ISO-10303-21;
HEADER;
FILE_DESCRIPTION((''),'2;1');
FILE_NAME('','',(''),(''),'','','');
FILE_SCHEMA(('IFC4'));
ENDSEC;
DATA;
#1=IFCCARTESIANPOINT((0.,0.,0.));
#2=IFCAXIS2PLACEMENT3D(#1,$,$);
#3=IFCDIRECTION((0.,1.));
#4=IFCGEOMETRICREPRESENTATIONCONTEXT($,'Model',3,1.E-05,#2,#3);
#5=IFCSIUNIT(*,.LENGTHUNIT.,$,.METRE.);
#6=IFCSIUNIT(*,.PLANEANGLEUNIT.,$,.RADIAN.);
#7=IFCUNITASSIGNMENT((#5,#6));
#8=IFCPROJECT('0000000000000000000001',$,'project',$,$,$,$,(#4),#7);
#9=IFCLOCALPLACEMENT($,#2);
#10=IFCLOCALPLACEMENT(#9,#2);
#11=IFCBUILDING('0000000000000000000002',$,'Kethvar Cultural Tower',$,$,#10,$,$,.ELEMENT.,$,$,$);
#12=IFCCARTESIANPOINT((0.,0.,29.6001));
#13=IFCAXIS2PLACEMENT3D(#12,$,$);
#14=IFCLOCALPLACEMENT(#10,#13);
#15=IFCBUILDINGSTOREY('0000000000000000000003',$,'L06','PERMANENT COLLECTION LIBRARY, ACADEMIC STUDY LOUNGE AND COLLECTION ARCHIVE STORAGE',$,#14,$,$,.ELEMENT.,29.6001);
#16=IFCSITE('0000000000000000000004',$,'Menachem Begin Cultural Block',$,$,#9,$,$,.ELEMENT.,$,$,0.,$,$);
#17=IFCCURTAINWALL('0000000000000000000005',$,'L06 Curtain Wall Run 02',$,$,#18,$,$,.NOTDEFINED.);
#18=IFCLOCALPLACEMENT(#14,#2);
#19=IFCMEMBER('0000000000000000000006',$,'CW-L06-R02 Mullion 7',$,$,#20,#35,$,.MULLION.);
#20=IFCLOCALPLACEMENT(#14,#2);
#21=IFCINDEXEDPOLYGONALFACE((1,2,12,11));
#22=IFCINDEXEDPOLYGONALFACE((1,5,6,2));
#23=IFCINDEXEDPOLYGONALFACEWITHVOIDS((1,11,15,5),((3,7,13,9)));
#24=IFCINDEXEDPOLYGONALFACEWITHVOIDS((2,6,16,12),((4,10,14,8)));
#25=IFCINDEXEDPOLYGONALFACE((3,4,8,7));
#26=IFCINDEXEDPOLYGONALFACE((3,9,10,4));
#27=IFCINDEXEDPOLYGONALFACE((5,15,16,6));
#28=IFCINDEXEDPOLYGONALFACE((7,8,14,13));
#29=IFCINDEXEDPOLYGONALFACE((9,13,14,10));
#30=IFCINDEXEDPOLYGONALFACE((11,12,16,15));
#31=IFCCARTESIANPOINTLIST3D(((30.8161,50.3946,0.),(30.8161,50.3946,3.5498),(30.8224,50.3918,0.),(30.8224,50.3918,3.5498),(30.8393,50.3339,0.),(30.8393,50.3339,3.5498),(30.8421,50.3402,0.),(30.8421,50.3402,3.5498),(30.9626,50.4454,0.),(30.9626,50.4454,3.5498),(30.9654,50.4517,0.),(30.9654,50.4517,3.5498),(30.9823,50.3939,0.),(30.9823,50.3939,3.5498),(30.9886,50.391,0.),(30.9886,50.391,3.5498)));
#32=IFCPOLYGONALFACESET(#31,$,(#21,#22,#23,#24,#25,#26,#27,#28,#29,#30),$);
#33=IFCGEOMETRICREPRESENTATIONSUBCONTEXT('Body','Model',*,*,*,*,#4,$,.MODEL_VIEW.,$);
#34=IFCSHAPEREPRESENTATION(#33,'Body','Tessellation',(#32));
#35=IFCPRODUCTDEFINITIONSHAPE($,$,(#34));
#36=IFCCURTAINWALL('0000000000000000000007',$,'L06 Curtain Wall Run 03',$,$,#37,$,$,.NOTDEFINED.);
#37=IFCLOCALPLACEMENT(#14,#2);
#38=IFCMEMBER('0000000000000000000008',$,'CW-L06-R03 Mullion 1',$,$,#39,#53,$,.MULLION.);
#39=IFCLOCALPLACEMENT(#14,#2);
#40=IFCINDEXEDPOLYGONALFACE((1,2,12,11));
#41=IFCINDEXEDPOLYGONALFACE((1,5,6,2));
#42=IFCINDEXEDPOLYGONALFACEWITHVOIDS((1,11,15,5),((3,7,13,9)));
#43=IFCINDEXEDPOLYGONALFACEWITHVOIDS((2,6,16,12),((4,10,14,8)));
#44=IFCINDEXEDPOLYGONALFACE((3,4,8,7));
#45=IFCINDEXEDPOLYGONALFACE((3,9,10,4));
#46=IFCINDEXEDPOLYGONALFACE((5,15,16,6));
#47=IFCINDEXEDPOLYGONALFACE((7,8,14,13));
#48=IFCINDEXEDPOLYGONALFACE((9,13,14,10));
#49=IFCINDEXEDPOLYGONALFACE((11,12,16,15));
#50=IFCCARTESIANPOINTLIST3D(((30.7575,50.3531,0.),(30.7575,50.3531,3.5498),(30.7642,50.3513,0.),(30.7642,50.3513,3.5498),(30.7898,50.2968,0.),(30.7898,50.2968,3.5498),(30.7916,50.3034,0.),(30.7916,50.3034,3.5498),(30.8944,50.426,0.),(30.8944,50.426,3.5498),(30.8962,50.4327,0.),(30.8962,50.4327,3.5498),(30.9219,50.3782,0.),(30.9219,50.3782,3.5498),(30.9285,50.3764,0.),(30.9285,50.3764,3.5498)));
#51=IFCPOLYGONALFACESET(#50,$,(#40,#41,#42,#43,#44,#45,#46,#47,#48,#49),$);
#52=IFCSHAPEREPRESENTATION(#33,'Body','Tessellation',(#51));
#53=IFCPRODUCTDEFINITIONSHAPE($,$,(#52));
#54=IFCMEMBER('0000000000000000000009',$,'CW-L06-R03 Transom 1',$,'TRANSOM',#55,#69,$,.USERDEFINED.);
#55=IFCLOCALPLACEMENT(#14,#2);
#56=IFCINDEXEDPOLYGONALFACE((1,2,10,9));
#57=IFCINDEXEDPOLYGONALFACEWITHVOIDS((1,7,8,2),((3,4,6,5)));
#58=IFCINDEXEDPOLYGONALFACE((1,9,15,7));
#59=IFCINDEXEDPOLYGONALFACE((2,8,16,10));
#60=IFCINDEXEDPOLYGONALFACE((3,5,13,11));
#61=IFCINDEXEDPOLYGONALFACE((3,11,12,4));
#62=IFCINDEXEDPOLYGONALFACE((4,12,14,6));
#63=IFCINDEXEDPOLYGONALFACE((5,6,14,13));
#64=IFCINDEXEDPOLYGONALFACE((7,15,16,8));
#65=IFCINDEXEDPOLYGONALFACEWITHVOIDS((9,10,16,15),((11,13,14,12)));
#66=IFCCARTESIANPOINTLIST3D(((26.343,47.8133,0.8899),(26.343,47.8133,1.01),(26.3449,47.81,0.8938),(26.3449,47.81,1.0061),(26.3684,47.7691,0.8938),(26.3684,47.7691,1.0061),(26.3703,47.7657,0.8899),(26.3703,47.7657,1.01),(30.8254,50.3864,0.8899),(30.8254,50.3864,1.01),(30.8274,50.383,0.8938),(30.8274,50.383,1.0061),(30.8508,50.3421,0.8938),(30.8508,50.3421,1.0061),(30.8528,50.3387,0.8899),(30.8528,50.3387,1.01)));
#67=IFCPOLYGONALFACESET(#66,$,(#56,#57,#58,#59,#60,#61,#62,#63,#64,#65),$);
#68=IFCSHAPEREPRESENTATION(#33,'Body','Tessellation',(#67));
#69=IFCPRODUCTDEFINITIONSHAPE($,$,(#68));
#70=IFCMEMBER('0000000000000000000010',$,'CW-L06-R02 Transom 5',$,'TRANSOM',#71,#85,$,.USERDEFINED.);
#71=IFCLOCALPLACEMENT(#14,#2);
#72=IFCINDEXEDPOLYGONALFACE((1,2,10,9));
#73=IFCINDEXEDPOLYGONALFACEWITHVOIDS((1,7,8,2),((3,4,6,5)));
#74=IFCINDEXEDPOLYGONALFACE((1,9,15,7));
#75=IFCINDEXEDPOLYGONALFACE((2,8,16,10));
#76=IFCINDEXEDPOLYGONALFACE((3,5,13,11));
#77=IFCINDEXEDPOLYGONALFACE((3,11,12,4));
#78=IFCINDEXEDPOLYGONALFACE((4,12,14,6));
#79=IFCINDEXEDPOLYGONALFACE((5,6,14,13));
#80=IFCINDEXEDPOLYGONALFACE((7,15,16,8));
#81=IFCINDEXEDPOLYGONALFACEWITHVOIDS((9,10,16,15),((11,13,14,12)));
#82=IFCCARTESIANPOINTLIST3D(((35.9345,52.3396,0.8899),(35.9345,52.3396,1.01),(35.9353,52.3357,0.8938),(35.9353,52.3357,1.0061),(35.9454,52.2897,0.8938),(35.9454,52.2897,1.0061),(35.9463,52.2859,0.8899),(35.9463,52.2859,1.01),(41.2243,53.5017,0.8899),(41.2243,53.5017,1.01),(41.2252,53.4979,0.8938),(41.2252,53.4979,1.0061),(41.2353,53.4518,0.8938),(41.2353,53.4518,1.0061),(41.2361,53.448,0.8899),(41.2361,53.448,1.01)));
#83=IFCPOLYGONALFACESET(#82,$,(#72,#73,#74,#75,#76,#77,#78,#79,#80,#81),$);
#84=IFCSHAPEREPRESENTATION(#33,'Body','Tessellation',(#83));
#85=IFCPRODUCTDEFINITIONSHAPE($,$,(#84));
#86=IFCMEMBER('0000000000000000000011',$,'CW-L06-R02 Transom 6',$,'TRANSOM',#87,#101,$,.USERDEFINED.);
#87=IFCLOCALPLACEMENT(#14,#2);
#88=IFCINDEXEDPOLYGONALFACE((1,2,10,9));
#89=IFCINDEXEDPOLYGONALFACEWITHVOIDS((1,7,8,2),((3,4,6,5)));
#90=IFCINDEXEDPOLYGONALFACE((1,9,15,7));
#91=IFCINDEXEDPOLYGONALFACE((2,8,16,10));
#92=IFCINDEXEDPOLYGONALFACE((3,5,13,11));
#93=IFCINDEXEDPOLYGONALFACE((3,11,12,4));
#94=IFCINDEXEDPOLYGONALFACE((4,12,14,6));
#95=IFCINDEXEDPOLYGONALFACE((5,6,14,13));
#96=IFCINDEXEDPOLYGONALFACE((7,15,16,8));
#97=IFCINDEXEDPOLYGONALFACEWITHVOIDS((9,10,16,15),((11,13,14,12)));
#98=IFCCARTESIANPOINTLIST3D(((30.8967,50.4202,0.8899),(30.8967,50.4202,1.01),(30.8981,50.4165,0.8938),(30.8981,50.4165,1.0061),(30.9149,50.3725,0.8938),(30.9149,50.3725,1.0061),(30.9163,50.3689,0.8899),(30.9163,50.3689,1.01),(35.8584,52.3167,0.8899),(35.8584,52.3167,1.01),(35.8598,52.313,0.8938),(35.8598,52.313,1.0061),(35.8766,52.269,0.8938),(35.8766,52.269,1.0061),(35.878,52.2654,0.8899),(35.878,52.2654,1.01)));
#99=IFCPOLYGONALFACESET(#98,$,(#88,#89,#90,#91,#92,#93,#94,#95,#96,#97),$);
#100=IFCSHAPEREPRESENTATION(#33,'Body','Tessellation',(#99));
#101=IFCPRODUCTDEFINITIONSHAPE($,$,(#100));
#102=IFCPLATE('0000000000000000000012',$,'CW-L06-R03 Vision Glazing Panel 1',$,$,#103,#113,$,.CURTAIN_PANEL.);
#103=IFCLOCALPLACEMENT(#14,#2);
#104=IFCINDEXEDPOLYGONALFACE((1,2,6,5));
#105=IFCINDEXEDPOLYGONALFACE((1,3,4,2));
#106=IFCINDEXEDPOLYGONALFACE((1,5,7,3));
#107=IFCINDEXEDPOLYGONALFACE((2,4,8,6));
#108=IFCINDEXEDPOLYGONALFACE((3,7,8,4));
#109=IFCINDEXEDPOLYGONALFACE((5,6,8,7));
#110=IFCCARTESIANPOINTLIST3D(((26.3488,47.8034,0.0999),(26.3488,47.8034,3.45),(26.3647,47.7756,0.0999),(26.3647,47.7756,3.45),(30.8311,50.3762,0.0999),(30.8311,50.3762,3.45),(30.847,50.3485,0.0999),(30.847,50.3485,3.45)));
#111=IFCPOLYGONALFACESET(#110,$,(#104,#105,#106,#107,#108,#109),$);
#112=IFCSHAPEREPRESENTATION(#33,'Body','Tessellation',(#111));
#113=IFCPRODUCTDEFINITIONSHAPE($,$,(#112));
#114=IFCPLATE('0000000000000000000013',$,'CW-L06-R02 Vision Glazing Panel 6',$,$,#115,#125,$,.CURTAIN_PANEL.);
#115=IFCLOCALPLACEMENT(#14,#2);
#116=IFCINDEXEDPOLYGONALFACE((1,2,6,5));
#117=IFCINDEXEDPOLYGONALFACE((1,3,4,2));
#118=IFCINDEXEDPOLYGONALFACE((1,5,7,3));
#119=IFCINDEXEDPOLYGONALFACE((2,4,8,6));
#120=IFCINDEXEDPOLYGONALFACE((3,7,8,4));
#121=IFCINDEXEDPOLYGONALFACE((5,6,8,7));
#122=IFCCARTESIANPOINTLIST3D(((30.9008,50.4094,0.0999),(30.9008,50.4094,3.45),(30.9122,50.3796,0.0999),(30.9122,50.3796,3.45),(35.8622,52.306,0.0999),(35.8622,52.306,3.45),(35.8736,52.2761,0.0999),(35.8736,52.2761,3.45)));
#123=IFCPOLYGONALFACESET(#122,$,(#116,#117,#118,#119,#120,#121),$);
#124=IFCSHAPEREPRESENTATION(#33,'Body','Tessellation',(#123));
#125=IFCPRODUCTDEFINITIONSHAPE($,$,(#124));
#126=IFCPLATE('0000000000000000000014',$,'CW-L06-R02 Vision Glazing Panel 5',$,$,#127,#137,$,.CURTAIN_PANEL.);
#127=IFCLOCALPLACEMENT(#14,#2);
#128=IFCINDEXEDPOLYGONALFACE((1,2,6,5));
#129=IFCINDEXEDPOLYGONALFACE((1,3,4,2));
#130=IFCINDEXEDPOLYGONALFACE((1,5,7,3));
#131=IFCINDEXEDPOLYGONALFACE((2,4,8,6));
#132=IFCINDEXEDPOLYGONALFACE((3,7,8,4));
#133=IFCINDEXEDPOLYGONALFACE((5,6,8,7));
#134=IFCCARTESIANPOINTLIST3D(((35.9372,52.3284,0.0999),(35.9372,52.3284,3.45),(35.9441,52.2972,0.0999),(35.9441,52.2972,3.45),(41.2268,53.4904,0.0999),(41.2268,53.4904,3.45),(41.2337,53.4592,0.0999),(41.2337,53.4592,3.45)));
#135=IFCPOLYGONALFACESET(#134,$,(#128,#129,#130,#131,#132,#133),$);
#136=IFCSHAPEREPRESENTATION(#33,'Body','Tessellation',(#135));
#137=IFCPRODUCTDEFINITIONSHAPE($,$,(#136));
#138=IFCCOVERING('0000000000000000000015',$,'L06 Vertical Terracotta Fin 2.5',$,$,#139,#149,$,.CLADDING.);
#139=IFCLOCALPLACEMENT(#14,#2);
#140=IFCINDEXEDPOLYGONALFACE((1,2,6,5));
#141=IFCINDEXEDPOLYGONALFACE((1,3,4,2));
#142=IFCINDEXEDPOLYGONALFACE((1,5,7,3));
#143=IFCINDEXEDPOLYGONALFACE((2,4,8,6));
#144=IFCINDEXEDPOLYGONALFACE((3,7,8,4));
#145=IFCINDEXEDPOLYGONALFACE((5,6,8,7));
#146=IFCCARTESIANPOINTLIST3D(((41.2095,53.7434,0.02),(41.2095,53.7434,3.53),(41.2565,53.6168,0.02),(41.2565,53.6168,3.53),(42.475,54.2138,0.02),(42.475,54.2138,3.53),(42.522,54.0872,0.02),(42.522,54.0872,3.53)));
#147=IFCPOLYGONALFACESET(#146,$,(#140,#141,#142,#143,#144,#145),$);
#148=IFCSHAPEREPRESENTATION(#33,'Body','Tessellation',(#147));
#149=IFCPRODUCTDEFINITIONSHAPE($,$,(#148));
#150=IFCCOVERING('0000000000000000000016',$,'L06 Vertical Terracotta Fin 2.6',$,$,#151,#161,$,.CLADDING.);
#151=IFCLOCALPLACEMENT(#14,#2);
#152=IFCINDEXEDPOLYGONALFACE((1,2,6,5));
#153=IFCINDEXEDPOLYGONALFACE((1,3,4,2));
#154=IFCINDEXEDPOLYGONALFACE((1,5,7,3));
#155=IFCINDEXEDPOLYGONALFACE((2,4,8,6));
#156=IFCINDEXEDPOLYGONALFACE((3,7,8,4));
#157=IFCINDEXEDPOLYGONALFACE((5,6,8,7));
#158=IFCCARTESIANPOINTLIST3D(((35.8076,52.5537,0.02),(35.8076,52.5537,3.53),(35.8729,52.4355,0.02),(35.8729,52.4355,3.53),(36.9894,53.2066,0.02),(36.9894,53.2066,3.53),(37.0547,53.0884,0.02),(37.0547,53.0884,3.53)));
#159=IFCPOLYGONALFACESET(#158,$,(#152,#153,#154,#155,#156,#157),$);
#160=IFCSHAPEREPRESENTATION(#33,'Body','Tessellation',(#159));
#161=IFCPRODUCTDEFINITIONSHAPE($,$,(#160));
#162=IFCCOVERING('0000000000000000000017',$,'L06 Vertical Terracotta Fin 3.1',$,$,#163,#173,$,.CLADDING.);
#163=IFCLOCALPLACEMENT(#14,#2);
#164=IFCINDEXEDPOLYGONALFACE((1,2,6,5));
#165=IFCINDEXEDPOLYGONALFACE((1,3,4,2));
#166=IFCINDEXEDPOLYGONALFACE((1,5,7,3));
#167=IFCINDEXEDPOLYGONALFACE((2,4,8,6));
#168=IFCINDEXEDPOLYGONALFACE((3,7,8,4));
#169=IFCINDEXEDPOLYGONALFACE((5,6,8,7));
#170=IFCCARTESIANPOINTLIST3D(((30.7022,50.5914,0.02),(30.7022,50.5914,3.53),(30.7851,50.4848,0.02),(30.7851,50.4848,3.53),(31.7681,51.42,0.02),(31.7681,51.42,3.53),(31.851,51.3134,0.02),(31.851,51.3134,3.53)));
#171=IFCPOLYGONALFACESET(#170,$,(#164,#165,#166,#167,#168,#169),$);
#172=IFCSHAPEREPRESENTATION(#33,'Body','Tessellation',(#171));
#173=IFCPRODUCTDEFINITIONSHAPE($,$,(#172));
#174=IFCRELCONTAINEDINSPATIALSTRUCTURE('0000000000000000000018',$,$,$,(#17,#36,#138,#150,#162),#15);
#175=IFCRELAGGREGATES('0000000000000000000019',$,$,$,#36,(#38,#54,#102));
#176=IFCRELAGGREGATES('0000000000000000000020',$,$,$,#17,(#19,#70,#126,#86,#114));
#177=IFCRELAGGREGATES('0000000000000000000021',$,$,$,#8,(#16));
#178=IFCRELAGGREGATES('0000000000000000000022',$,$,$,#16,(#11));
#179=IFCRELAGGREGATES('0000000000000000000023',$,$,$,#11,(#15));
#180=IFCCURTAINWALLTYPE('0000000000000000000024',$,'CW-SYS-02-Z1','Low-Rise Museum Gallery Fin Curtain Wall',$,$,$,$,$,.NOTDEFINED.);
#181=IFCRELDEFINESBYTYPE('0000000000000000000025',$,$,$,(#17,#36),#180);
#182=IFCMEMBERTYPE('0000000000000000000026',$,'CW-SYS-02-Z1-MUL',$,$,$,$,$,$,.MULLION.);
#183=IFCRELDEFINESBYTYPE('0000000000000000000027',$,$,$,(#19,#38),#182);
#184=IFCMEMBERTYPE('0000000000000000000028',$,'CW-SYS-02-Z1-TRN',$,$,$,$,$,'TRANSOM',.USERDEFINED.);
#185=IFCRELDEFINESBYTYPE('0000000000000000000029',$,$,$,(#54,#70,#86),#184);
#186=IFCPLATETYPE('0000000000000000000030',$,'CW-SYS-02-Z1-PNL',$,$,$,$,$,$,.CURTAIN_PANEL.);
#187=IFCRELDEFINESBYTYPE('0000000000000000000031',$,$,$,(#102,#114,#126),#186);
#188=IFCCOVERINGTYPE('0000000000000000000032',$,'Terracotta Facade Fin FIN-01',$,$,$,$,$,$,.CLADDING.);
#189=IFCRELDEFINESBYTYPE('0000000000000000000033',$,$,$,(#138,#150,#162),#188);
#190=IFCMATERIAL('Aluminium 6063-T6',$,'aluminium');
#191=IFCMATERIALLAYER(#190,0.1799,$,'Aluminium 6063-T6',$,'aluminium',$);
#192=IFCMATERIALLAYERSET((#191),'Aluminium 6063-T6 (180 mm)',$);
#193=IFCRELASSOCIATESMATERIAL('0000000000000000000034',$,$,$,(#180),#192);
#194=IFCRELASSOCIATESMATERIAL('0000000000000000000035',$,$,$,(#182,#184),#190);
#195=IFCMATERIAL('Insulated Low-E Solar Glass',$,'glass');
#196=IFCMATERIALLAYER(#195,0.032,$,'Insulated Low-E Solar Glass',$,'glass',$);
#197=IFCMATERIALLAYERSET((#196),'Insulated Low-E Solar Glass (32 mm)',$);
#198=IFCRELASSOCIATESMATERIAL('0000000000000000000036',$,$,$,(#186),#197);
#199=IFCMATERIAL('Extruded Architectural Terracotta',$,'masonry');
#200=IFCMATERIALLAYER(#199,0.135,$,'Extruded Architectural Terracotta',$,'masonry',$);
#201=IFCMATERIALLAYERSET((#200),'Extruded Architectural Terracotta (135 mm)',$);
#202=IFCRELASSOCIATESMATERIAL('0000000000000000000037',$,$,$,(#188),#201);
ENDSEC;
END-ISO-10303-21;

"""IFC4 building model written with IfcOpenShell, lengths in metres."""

from ifc_helpers import new_model, si_unit, direction, frame, origin, origin_2d, place, context, subcontext, project, spatial, rectangle, hollow_rectangle, extrude, source, transform, mapped, material, layer, layer_set, material_profile, profile_set, type_object, element, aggregate, save


model = new_model("IFC4")

# Units and contexts
model_context = context("Model", 3, precision=1e-05, world=origin(), true_north=direction((0.0, 1.0)))
body_context = subcontext(model_context, "Body", "Model", "MODEL_VIEW")
ifc_project = project(units=[si_unit("LENGTHUNIT", "METRE"), si_unit("PLANEANGLEUNIT", "RADIAN")], contexts=[model_context])

# Site, building, storey
site_placement = place(None, origin())
site = spatial("IfcSite", under=ifc_project, at=site_placement, Name="Menachem Begin Cultural Block", CompositionType="ELEMENT", RefElevation=0.0)
building_placement = place(site_placement, origin())
building = spatial("IfcBuilding", under=site, at=building_placement, Name="Kethvar Cultural Tower", CompositionType="ELEMENT")
storey_placement = place(building_placement, frame((0.0, 0.0, 29.6001)))
storey = spatial("IfcBuildingStorey", under=building, at=storey_placement, Name="L06", Description="PERMANENT COLLECTION LIBRARY, ACADEMIC STUDY LOUNGE AND COLLECTION ARCHIVE STORAGE", CompositionType="ELEMENT", Elevation=29.6001)

# Curtain walls, members
ifc_material_1 = material(Name="Aluminium 6063-T6", Category="aluminium")
ifc_layer_1 = layer(ifc_material_1, 0.1799, Name="Aluminium 6063-T6", Category="aluminium")
ifc_layer_set_1 = layer_set([ifc_layer_1], Name="Aluminium 6063-T6 (180 mm)")
curtain_wall_type = type_object("IfcCurtainWallType", Name="CW-SYS-02-Z1", Description="Low-Rise Museum Gallery Fin Curtain Wall", PredefinedType="NOTDEFINED", material=ifc_layer_set_1)
curtain_wall_1_placement = place(storey_placement, origin())
curtain_wall_1 = element("IfcCurtainWall", 1, at=curtain_wall_1_placement, inside=storey, type_object=curtain_wall_type, Name="L06 Curtain Wall Run 02", PredefinedType="NOTDEFINED")
ifc_material_profile_1 = material_profile(ifc_material_1, hollow_rectangle(XDim=0.0649, YDim=0.1599, WallThickness=0.0049, at=origin_2d()), Name="Aluminium 6063-T6 — RHS160x65x5")
ifc_profile_set_1 = profile_set([ifc_material_profile_1], Name="Aluminium 6063-T6 — RHS160x65x5")
member_type_1 = type_object("IfcMemberType", Name="CW-SYS-02-Z1-MUL", PredefinedType="MULLION", material=ifc_profile_set_1)
shared_shape_1 = source(origin(), body_context, "Body", "SweptSolid", [
    extrude(hollow_rectangle(XDim=0.0649, YDim=0.1599, WallThickness=0.0049, at=origin_2d()), origin(), (0.0, 0.0, 1.0), 3.5498),
])
member_1_placement = place(storey_placement, frame((30.9023, 50.3928, 0.0), z_axis=(0.0, 0.0, 1.0), x_axis=(0.357064, -0.93408, 0.0)))
member_1 = element("IfcMember", 2, at=member_1_placement, type_object=member_type_1, Name="CW-L06-R02 Mullion 7", PredefinedType="MULLION", context=body_context, shape_type="MappedRepresentation", body=[
    mapped(shared_shape_1, transform((0.0, 0.0, 0.0), scale=1.0)),
])
curtain_wall_2_placement = place(storey_placement, origin())
curtain_wall_2 = element("IfcCurtainWall", 3, at=curtain_wall_2_placement, inside=storey, type_object=curtain_wall_type, Name="L06 Curtain Wall Run 03", PredefinedType="NOTDEFINED")
member_2_placement = place(storey_placement, frame((30.843, 50.3647, 0.0), z_axis=(0.0, 0.0, 1.0), x_axis=(0.497822, -0.867279, 0.0)))
member_2 = element("IfcMember", 4, at=member_2_placement, type_object=member_type_1, Name="CW-L06-R03 Mullion 1", PredefinedType="MULLION", context=body_context, shape_type="MappedRepresentation", body=[
    mapped(shared_shape_1, transform((0.0, 0.0, 0.0), scale=1.0)),
])
ifc_material_profile_2 = material_profile(ifc_material_1, hollow_rectangle(XDim=0.0549, YDim=0.1201, WallThickness=0.0039, at=origin_2d()), Name="Aluminium 6063-T6 — RHS120x55x4")
ifc_profile_set_2 = profile_set([ifc_material_profile_2], Name="Aluminium 6063-T6 — RHS120x55x4")
member_type_2 = type_object("IfcMemberType", Name="CW-SYS-02-Z1-TRN", ElementType="TRANSOM", PredefinedType="USERDEFINED", material=ifc_profile_set_2)
shared_shape_2 = source(origin(), body_context, "Body", "SweptSolid", [
    extrude(hollow_rectangle(XDim=0.0549, YDim=0.1201, WallThickness=0.0039, at=origin_2d()), origin(), (0.0, 0.0, 1.0), 5.1685),
])
member_3_placement = place(storey_placement, frame((30.8391, 50.3625, 0.95), z_axis=(-0.867273, -0.497832, 0.0), x_axis=(0.497832, -0.867273, 0.0)))
member_3 = element("IfcMember", 5, at=member_3_placement, type_object=member_type_2, Name="CW-L06-R03 Transom 1", ObjectType="TRANSOM", PredefinedType="USERDEFINED", context=body_context, shape_type="MappedRepresentation", body=[
    mapped(shared_shape_2, transform((0.0, 0.0, 0.0), scale=1.0)),
])

# Members
shared_shape_3 = source(origin(), body_context, "Body", "SweptSolid", [
    extrude(hollow_rectangle(XDim=0.0549, YDim=0.1201, WallThickness=0.0039, at=origin_2d()), origin(), (0.0, 0.0, 1.0), 5.416),
])
member_4_placement = place(storey_placement, frame((41.2302, 53.4749, 0.95), z_axis=(-0.976708, -0.214572, 0.0), x_axis=(0.214572, -0.976708, 0.0)))
member_4 = element("IfcMember", 6, at=member_4_placement, type_object=member_type_2, Name="CW-L06-R02 Transom 5", ObjectType="TRANSOM", PredefinedType="USERDEFINED", context=body_context, shape_type="MappedRepresentation", body=[
    mapped(shared_shape_3, transform((0.0, 0.0, 0.0), scale=1.0)),
])
shared_shape_4 = source(origin(), body_context, "Body", "SweptSolid", [
    extrude(hollow_rectangle(XDim=0.0549, YDim=0.1201, WallThickness=0.0039, at=origin_2d()), origin(), (0.0, 0.0, 1.0), 5.3118),
])
member_5_placement = place(storey_placement, frame((35.8682, 52.291, 0.95), z_axis=(-0.934091, -0.357035, 0.0), x_axis=(0.357035, -0.934091, 0.0)))
member_5 = element("IfcMember", 7, at=member_5_placement, type_object=member_type_2, Name="CW-L06-R02 Transom 6", ObjectType="TRANSOM", PredefinedType="USERDEFINED", context=body_context, shape_type="MappedRepresentation", body=[
    mapped(shared_shape_4, transform((0.0, 0.0, 0.0), scale=1.0)),
])

# Plates
ifc_material_2 = material(Name="Insulated Low-E Solar Glass", Category="glass")
ifc_layer_2 = layer(ifc_material_2, 0.032, Name="Insulated Low-E Solar Glass", Category="glass")
ifc_layer_set_2 = layer_set([ifc_layer_2], Name="Insulated Low-E Solar Glass (32 mm)")
plate_type = type_object("IfcPlateType", Name="CW-SYS-02-Z1-PNL", PredefinedType="CURTAIN_PANEL", material=ifc_layer_set_2)
shared_shape_5 = source(origin(), body_context, "Body", "SweptSolid", [
    extrude(rectangle(XDim=5.1682, YDim=0.032, at=origin_2d()), origin(), (0.0, 0.0, 1.0), 3.3501),
])
plate_1_placement = place(storey_placement, frame((28.5979, 49.0759, 0.0999), z_axis=(0.0, 0.0, 1.0), x_axis=(-0.867279, -0.497822, 0.0)))
plate_1 = element("IfcPlate", 8, at=plate_1_placement, type_object=plate_type, Name="CW-L06-R03 Vision Glazing Panel 1", PredefinedType="CURTAIN_PANEL", context=body_context, shape_type="MappedRepresentation", body=[
    mapped(shared_shape_5, transform((0.0, 0.0, 0.0), scale=1.0)),
])
aggregate(curtain_wall_2, [member_2, member_3, plate_1])
shared_shape_6 = source(origin(), body_context, "Body", "SweptSolid", [
    extrude(rectangle(XDim=5.3115, YDim=0.032, at=origin_2d()), origin(), (0.0, 0.0, 1.0), 3.3501),
])
plate_2_placement = place(storey_placement, frame((33.3872, 51.3428, 0.0999), z_axis=(0.0, 0.0, 1.0), x_axis=(-0.93408, -0.357064, 0.0)))
plate_2 = element("IfcPlate", 9, at=plate_2_placement, type_object=plate_type, Name="CW-L06-R02 Vision Glazing Panel 6", PredefinedType="CURTAIN_PANEL", context=body_context, shape_type="MappedRepresentation", body=[
    mapped(shared_shape_6, transform((0.0, 0.0, 0.0), scale=1.0)),
])
shared_shape_7 = source(origin(), body_context, "Body", "SweptSolid", [
    extrude(rectangle(XDim=5.4158, YDim=0.032, at=origin_2d()), origin(), (0.0, 0.0, 1.0), 3.3501),
])
plate_3_placement = place(storey_placement, frame((38.5854, 52.8938, 0.0999), z_axis=(0.0, 0.0, 1.0), x_axis=(-0.97671, -0.214565, 0.0)))
plate_3 = element("IfcPlate", 10, at=plate_3_placement, type_object=plate_type, Name="CW-L06-R02 Vision Glazing Panel 5", PredefinedType="CURTAIN_PANEL", context=body_context, shape_type="MappedRepresentation", body=[
    mapped(shared_shape_7, transform((0.0, 0.0, 0.0), scale=1.0)),
])
aggregate(curtain_wall_1, [member_1, member_4, plate_3, member_5, plate_2])

# Coverings
ifc_material_3 = material(Name="Extruded Architectural Terracotta", Category="masonry")
ifc_layer_3 = layer(ifc_material_3, 0.135, Name="Extruded Architectural Terracotta", Category="masonry")
ifc_layer_set_3 = layer_set([ifc_layer_3], Name="Extruded Architectural Terracotta (135 mm)")
covering_type = type_object("IfcCoveringType", Name="Terracotta Facade Fin FIN-01", PredefinedType="CLADDING", material=ifc_layer_set_3)
shared_shape_8 = source(origin(), body_context, "Body", "SweptSolid", [
    extrude(rectangle(XDim=1.3501, YDim=0.135, at=origin_2d()), origin(), (0.0, 0.0, 1.0), 3.51),
])
for number, where, z_axis, x_axis, name in (
    (11, (41.8657, 53.9153, 0.02), (0.0, 0.0, 1.0), (0.937343, 0.348408, 0.0), "L06 Vertical Terracotta Fin 2.5"),
    (12, (36.4312, 52.821, 0.02), (0.0, 0.0, 1.0), (0.875296, 0.483588, 0.0), "L06 Vertical Terracotta Fin 2.6"),
    (13, (31.2766, 50.9524, 0.02), (0.0, 0.0, 1.0), (0.789513, 0.613734, 0.0), "L06 Vertical Terracotta Fin 3.1"),
):
    element("IfcCovering", number, at=place(storey_placement, frame(where, z_axis=z_axis, x_axis=x_axis)), inside=storey, type_object=covering_type, Name=name, PredefinedType="CLADDING", context=body_context, shape_type="MappedRepresentation", body=[
        mapped(shared_shape_8, transform((0.0, 0.0, 0.0), scale=1.0)),
    ])

save(model, "model.ifc")
